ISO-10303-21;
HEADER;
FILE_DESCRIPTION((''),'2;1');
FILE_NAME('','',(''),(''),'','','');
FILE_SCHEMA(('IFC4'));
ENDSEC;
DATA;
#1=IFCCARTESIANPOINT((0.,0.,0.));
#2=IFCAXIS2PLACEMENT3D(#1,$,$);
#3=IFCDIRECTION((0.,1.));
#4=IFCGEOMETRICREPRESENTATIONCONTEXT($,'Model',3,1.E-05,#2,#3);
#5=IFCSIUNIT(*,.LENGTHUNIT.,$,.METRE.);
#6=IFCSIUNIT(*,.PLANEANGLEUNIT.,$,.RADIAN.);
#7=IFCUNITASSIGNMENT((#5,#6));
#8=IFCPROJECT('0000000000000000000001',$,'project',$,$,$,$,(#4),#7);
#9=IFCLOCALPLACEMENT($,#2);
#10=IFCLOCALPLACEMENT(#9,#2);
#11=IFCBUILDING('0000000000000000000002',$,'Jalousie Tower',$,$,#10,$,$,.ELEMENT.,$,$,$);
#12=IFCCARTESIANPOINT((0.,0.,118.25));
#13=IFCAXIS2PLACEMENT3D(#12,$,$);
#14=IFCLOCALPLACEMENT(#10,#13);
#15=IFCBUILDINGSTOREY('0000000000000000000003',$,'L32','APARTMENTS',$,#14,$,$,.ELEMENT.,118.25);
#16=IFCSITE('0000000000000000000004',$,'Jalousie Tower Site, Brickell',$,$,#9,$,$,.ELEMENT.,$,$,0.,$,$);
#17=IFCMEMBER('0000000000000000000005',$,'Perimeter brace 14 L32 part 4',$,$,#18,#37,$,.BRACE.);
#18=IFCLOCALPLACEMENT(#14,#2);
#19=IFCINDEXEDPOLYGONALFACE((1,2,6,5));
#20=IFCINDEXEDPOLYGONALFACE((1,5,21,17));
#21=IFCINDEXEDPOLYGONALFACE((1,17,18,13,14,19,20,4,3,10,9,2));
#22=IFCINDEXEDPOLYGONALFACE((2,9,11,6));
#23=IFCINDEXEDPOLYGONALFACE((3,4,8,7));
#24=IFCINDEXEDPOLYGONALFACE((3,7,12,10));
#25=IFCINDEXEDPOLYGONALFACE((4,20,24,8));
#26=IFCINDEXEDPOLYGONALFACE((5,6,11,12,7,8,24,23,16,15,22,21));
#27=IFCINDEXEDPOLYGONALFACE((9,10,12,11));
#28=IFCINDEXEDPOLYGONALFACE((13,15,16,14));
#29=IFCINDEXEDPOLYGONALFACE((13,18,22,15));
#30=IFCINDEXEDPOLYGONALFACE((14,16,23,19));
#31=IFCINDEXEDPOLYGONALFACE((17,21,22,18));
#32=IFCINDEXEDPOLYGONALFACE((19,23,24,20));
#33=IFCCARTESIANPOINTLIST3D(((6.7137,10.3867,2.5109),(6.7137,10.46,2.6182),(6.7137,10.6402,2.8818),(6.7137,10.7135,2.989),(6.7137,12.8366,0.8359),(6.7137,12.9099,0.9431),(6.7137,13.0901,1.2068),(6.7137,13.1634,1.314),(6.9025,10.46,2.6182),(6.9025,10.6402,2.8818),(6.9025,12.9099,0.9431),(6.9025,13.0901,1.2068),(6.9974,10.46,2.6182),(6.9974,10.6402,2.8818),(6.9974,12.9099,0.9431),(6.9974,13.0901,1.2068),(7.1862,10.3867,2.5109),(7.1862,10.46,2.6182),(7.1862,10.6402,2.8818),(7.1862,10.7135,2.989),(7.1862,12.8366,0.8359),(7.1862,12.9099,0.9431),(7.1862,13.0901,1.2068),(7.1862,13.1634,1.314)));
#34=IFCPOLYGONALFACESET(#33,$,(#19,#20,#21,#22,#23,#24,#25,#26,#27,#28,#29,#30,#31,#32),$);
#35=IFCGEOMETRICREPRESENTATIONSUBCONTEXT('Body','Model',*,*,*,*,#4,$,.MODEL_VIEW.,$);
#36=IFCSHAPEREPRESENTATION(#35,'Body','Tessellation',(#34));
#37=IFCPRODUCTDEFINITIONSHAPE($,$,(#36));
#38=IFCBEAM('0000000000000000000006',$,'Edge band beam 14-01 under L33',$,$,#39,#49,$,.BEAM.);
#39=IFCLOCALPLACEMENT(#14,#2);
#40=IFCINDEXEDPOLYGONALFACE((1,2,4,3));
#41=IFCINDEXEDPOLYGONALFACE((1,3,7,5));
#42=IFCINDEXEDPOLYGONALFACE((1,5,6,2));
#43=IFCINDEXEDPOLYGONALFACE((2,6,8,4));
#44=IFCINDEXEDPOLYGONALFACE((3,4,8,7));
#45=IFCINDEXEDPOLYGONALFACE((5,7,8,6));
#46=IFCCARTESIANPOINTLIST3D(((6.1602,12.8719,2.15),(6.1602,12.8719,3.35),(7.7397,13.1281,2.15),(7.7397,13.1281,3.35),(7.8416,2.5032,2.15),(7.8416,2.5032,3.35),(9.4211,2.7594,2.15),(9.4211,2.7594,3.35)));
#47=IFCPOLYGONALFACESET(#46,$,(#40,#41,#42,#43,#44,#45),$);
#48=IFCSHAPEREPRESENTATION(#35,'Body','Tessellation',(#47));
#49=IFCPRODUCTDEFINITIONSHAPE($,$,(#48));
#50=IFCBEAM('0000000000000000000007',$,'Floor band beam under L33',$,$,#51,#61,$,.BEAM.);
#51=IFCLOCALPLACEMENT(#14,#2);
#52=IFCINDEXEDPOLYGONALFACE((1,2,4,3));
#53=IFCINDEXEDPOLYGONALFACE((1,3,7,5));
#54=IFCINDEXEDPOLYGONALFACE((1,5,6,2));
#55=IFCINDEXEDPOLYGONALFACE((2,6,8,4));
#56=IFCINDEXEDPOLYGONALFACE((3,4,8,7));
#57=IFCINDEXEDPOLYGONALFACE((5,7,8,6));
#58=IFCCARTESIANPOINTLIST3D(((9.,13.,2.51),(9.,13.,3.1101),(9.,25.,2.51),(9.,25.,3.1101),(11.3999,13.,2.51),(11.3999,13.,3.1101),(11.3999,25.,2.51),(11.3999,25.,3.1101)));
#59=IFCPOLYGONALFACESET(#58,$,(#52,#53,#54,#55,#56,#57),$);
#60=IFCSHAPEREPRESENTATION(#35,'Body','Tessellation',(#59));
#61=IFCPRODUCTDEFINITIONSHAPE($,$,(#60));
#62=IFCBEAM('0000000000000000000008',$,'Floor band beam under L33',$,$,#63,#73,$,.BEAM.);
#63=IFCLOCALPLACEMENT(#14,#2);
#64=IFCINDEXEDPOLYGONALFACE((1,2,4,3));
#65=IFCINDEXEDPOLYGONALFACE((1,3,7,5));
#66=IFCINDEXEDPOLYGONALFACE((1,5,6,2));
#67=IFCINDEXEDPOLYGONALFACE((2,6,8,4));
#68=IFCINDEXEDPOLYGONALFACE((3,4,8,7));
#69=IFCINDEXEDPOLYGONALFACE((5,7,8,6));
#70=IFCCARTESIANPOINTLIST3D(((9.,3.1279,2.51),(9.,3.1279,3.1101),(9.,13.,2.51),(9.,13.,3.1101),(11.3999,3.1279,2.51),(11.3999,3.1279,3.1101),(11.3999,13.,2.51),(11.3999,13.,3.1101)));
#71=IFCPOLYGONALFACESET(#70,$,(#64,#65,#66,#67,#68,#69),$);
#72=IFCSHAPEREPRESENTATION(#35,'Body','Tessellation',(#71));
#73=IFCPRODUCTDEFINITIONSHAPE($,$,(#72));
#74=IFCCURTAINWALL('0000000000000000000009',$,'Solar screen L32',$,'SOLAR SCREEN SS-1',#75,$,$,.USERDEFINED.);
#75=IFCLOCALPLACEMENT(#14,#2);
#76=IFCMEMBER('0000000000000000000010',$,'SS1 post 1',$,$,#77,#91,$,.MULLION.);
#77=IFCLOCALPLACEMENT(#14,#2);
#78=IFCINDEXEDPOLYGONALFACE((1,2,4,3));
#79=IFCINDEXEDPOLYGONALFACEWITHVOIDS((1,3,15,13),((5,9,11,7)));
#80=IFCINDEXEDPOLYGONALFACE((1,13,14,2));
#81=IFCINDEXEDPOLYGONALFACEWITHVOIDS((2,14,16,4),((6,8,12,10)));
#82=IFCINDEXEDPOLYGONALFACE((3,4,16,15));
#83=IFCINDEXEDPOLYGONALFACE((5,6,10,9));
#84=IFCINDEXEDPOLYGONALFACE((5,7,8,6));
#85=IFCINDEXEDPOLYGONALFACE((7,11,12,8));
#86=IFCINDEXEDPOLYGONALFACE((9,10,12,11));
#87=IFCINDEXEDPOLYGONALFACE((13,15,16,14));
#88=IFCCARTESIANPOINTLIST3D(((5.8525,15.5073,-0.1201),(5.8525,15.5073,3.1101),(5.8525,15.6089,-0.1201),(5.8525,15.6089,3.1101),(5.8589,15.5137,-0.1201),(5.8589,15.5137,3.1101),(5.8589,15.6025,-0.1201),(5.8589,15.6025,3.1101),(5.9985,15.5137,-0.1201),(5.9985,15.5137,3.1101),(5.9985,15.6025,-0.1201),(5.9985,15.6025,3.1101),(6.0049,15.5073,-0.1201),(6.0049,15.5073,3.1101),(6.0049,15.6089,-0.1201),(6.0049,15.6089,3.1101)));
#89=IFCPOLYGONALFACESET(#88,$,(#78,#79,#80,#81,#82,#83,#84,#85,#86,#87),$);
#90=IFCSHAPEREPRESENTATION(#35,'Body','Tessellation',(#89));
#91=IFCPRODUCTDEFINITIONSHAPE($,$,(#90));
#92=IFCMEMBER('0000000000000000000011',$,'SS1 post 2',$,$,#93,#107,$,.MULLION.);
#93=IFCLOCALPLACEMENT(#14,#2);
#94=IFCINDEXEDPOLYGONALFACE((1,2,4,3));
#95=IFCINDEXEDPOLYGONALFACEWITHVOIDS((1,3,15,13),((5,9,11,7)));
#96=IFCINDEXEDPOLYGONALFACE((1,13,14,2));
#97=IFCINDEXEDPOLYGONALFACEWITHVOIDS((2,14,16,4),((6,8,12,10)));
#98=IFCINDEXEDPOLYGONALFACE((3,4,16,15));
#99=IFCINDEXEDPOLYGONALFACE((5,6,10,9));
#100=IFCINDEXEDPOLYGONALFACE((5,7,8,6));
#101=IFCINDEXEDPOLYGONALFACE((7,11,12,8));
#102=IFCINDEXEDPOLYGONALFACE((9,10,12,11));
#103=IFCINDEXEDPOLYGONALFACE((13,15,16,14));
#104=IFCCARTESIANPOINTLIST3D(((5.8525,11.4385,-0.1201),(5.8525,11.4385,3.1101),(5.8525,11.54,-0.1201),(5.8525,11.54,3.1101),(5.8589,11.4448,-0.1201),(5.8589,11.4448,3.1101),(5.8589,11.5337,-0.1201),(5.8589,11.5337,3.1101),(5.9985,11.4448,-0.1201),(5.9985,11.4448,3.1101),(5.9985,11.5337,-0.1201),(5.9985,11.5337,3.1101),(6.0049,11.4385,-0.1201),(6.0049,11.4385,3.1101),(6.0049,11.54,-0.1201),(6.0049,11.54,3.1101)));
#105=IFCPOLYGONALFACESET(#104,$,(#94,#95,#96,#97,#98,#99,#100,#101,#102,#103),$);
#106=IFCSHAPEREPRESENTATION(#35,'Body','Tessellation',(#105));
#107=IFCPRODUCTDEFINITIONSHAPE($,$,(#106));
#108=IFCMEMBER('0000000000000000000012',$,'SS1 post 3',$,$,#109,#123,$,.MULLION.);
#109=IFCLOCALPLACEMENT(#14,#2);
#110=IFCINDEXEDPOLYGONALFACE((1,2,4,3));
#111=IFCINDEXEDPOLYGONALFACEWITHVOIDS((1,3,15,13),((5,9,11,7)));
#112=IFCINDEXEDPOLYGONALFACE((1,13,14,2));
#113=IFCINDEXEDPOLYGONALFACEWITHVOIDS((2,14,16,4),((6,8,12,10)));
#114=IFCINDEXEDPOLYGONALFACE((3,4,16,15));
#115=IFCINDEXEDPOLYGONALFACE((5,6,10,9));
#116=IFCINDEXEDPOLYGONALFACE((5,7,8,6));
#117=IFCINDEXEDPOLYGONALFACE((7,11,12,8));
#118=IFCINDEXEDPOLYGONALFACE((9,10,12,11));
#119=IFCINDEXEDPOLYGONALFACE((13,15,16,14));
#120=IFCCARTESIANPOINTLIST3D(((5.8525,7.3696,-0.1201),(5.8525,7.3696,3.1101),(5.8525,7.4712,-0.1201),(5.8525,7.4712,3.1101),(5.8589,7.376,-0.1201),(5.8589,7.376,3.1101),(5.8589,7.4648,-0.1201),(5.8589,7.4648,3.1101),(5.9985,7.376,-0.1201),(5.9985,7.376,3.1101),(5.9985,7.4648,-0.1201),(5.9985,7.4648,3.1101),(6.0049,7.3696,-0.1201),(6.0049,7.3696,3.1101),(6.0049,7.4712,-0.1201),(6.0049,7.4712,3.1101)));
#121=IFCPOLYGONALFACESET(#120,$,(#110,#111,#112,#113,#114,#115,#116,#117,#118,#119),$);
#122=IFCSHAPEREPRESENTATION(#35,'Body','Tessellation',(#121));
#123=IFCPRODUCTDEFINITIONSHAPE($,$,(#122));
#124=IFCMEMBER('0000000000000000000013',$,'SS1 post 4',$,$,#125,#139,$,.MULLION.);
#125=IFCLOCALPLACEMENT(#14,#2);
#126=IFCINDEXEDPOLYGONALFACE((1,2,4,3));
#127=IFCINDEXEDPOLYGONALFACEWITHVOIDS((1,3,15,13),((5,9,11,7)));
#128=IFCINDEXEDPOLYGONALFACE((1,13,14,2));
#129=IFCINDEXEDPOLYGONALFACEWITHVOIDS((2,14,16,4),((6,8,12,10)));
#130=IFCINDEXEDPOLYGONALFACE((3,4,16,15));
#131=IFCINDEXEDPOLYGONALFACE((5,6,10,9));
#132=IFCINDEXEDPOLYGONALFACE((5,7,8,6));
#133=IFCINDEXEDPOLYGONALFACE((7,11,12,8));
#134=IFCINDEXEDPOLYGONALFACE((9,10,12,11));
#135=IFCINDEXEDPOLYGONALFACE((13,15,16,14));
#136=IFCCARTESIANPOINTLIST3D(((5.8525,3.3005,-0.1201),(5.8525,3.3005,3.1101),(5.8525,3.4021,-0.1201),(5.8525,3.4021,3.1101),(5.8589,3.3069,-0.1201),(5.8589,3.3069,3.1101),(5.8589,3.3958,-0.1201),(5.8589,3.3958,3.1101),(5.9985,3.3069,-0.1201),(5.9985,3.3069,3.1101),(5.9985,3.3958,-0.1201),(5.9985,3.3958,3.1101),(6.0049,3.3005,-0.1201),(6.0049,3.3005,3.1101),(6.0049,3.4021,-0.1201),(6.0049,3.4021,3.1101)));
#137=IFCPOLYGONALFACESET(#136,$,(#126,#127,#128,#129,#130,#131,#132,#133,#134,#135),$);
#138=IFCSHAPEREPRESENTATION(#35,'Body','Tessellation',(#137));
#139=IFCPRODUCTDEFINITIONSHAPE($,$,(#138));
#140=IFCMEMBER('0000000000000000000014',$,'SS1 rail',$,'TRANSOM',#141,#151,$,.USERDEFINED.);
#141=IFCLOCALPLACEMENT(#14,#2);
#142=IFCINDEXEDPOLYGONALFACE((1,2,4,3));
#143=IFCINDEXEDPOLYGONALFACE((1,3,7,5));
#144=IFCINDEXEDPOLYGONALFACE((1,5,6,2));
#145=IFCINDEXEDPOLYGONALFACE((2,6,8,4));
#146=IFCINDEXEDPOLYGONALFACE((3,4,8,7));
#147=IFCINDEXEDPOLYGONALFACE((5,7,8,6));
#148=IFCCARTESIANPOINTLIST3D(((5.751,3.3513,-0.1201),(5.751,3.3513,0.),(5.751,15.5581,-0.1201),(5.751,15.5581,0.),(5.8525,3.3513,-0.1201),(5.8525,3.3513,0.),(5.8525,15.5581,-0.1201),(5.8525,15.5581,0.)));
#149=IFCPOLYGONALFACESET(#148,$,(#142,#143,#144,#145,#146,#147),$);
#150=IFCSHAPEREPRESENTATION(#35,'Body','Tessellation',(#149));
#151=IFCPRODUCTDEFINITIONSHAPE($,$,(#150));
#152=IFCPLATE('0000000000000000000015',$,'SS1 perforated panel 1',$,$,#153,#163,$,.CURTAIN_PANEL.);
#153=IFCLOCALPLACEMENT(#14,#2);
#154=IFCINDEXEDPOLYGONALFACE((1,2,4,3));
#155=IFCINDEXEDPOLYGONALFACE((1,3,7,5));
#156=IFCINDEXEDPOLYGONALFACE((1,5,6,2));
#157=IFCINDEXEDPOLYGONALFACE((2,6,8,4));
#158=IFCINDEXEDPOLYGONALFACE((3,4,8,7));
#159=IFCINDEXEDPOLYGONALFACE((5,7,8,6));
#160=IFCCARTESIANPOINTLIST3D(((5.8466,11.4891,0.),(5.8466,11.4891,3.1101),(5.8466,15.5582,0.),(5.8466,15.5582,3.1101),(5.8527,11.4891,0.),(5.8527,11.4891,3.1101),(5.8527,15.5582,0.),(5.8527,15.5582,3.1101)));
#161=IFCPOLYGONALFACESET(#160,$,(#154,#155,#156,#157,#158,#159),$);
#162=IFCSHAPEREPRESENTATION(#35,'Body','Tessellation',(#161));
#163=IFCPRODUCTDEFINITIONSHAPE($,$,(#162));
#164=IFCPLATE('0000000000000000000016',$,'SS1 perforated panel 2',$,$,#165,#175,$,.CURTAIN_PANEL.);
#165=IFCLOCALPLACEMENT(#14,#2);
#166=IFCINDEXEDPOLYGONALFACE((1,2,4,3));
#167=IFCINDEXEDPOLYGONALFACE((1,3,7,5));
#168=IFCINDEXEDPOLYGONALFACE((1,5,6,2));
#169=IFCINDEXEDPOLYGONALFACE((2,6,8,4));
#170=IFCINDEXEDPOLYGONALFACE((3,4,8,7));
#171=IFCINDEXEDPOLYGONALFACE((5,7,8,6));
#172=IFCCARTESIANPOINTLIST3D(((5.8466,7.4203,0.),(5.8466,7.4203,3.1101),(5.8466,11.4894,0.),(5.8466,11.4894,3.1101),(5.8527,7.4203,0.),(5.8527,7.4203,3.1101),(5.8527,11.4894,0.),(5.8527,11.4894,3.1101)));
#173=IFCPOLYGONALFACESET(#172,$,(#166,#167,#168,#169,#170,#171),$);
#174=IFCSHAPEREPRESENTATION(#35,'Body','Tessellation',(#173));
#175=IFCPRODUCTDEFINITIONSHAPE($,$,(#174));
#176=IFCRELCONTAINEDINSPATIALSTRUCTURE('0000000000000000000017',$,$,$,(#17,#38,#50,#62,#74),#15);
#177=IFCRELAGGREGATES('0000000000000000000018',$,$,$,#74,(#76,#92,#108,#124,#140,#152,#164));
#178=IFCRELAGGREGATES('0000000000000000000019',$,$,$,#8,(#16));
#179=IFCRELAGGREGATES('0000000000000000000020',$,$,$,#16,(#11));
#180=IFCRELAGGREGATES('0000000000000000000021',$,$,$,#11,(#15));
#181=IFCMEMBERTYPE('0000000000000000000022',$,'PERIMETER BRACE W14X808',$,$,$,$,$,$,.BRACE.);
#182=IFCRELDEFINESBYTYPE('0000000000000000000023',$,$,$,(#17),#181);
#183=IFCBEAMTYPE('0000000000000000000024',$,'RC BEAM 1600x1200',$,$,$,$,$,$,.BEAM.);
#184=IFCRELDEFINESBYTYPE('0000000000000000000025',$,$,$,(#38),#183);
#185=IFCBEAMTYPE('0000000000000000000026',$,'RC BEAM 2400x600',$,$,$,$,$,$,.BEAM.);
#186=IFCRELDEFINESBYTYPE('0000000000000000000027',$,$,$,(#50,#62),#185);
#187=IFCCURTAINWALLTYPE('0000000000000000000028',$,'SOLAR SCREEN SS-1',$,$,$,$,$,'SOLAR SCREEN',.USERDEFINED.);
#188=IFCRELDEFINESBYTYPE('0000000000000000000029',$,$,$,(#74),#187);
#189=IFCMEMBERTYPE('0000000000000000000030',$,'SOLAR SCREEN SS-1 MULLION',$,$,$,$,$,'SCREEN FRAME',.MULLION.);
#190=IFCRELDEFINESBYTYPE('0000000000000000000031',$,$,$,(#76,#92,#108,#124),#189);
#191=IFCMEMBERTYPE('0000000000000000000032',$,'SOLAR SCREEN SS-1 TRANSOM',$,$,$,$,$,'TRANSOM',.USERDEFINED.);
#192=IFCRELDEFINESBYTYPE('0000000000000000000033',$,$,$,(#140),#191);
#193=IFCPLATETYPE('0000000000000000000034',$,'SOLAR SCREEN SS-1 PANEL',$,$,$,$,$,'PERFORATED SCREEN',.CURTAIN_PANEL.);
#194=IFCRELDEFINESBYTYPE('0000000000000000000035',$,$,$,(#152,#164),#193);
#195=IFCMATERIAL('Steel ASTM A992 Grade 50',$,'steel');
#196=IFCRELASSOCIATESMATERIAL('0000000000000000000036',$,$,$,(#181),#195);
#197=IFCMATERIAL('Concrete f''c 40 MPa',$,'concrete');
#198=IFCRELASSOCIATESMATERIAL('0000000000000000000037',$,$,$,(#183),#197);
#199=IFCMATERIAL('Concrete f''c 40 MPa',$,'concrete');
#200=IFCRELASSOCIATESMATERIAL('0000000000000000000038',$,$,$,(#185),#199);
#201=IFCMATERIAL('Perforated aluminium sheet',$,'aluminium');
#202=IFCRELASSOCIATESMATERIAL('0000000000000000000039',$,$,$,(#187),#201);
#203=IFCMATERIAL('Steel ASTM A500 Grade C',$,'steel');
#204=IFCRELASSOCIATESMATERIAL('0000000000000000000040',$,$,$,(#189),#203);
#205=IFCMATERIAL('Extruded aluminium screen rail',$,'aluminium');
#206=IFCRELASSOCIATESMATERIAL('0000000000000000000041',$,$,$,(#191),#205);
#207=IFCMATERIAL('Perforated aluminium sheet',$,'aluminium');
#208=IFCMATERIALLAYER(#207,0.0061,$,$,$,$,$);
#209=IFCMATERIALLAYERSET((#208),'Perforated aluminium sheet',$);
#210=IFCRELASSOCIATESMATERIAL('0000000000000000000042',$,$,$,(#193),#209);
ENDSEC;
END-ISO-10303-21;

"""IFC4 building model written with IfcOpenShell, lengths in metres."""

from ifc_helpers import new_model, si_unit, direction, frame, origin, origin_2d, place, context, subcontext, project, spatial, rectangle, hollow_rectangle, i_section, extrude, material, layer, layer_set, material_profile, profile_set, type_object, element, aggregate, save


model = new_model("IFC4")

# Units and contexts
model_context = context("Model", 3, precision=1e-05, world=origin(), true_north=direction((0.0, 1.0)))
body_context = subcontext(model_context, "Body", "Model", "MODEL_VIEW")
ifc_project = project(units=[si_unit("LENGTHUNIT", "METRE"), si_unit("PLANEANGLEUNIT", "RADIAN")], contexts=[model_context])

# Site, building, storey
site_placement = place(None, origin())
site = spatial("IfcSite", under=ifc_project, at=site_placement, Name="Jalousie Tower Site, Brickell", CompositionType="ELEMENT", RefElevation=0.0)
building_placement = place(site_placement, origin())
building = spatial("IfcBuilding", under=site, at=building_placement, Name="Jalousie Tower", CompositionType="ELEMENT")
storey_placement = place(building_placement, frame((0.0, 0.0, 118.25)))
storey = spatial("IfcBuildingStorey", under=building, at=storey_placement, Name="L32", Description="APARTMENTS", CompositionType="ELEMENT", Elevation=118.25)

# Member
ifc_material_1 = material(Name="Steel ASTM A992 Grade 50", Category="steel")
ifc_material_profile_1 = material_profile(ifc_material_1, i_section(OverallWidth=0.4724, OverallDepth=0.5791, WebThickness=0.095, FlangeThickness=0.1299, at=origin_2d()), Name="W14X808")
ifc_profile_set_1 = profile_set([ifc_material_profile_1], Name="Steel ASTM A992 Grade 50")
member_type_1 = type_object("IfcMemberType", Name="PERIMETER BRACE W14X808", PredefinedType="BRACE", material=ifc_profile_set_1)
for number, where, z_axis, x_axis, name in (
    (1, (6.95, 13.0, 1.075), (0.0, -0.825501, 0.564401), (1.0, 0.0, 0.0), "Perimeter brace 14 L32 part 4"),
):
    element("IfcMember", number, at=place(storey_placement, frame(where, z_axis=z_axis, x_axis=x_axis)), inside=storey, type_object=member_type_1, Name=name, PredefinedType="BRACE", context=body_context, shape_type="SweptSolid", body=[
        extrude(i_section(OverallWidth=0.4724, OverallDepth=0.5791, WebThickness=0.095, FlangeThickness=0.1299, at=origin_2d()), origin(), (0.0, 0.0, 1.0), 2.9678),
    ])

# Beams
ifc_material_2 = material(Name="Concrete f'c 40 MPa", Category="concrete")
ifc_material_profile_2 = material_profile(ifc_material_2, rectangle(XDim=1.6001, YDim=1.2, at=origin_2d()), Name="RC 1600x1200")
ifc_profile_set_2 = profile_set([ifc_material_profile_2], Name="Concrete f'c 40 MPa")
beam_type_1 = type_object("IfcBeamType", Name="RC BEAM 1600x1200", PredefinedType="BEAM", material=ifc_profile_set_2)
beam_1_placement = place(storey_placement, frame((6.95, 13.0, 2.75), z_axis=(0.160071, -0.987106, 0.0), x_axis=(0.987106, 0.160071, 0.0)))
element("IfcBeam", 2, at=beam_1_placement, inside=storey, type_object=beam_type_1, Name="Edge band beam 14-01 under L33", PredefinedType="BEAM", context=body_context, shape_type="SweptSolid", body=[
    extrude(rectangle(XDim=1.6001, YDim=1.2, at=origin_2d()), origin(), (0.0, 0.0, 1.0), 10.5042),
])
ifc_material_3 = material(Name="Concrete f'c 40 MPa", Category="concrete")
ifc_material_profile_3 = material_profile(ifc_material_3, rectangle(XDim=2.3999, YDim=0.6001, at=origin_2d()), Name="RC 2400x600")
ifc_profile_set_3 = profile_set([ifc_material_profile_3], Name="Concrete f'c 40 MPa")
beam_type_2 = type_object("IfcBeamType", Name="RC BEAM 2400x600", PredefinedType="BEAM", material=ifc_profile_set_3)
beam_2_placement = place(storey_placement, frame((10.2, 13.0, 2.8101), z_axis=(0.0, 1.0, 0.0), x_axis=(-1.0, 0.0, 0.0)))
element("IfcBeam", 3, at=beam_2_placement, inside=storey, type_object=beam_type_2, Name="Floor band beam under L33", PredefinedType="BEAM", context=body_context, shape_type="SweptSolid", body=[
    extrude(rectangle(XDim=2.3999, YDim=0.6001, at=origin_2d()), origin(), (0.0, 0.0, 1.0), 12.0),
])
beam_3_placement = place(storey_placement, frame((10.2, 13.0, 2.8101), z_axis=(0.0, -1.0, 0.0), x_axis=(1.0, 0.0, 0.0)))
element("IfcBeam", 4, at=beam_3_placement, inside=storey, type_object=beam_type_2, Name="Floor band beam under L33", PredefinedType="BEAM", context=body_context, shape_type="SweptSolid", body=[
    extrude(rectangle(XDim=2.3999, YDim=0.6001, at=origin_2d()), origin(), (0.0, 0.0, 1.0), 9.8721),
])

# Curtain wall, members, plates
ifc_material_4 = material(Name="Perforated aluminium sheet", Category="aluminium")
curtain_wall_type_1 = type_object("IfcCurtainWallType", Name="SOLAR SCREEN SS-1", ElementType="SOLAR SCREEN", PredefinedType="USERDEFINED", material=ifc_material_4)
curtain_wall_1_placement = place(storey_placement, origin())
curtain_wall_1 = element("IfcCurtainWall", 5, at=curtain_wall_1_placement, inside=storey, type_object=curtain_wall_type_1, Name="Solar screen L32", ObjectType="SOLAR SCREEN SS-1", PredefinedType="USERDEFINED")
ifc_material_5 = material(Name="Steel ASTM A500 Grade C", Category="steel")
ifc_material_profile_4 = material_profile(ifc_material_5, hollow_rectangle(XDim=0.1016, YDim=0.1523, WallThickness=0.0063, at=origin_2d()), Name="HSS6X4X1/4")
ifc_profile_set_4 = profile_set([ifc_material_profile_4], Name="Steel ASTM A500 Grade C")
member_type_2 = type_object("IfcMemberType", Name="SOLAR SCREEN SS-1 MULLION", ElementType="SCREEN FRAME", PredefinedType="MULLION", material=ifc_profile_set_4)
member_1_placement = place(storey_placement, frame((5.9287, 15.5581, -0.1201), z_axis=(0.0, 0.0, 1.0), x_axis=(0.0, -1.0, 0.0)))
member_1 = element("IfcMember", 6, at=member_1_placement, type_object=member_type_2, Name="SS1 post 1", PredefinedType="MULLION", context=body_context, shape_type="SweptSolid", body=[
    extrude(hollow_rectangle(XDim=0.1016, YDim=0.1523, WallThickness=0.0063, at=origin_2d()), origin(), (0.0, 0.0, 1.0), 3.2302),
])
member_2_placement = place(storey_placement, frame((5.9287, 11.4893, -0.1201), z_axis=(0.0, 0.0, 1.0), x_axis=(0.0, -1.0, 0.0)))
member_2 = element("IfcMember", 7, at=member_2_placement, type_object=member_type_2, Name="SS1 post 2", PredefinedType="MULLION", context=body_context, shape_type="SweptSolid", body=[
    extrude(hollow_rectangle(XDim=0.1016, YDim=0.1523, WallThickness=0.0063, at=origin_2d()), origin(), (0.0, 0.0, 1.0), 3.2302),
])
member_3_placement = place(storey_placement, frame((5.9287, 7.4204, -0.1201), z_axis=(0.0, 0.0, 1.0), x_axis=(0.0, -1.0, 0.0)))
member_3 = element("IfcMember", 8, at=member_3_placement, type_object=member_type_2, Name="SS1 post 3", PredefinedType="MULLION", context=body_context, shape_type="SweptSolid", body=[
    extrude(hollow_rectangle(XDim=0.1016, YDim=0.1523, WallThickness=0.0063, at=origin_2d()), origin(), (0.0, 0.0, 1.0), 3.2302),
])
member_4_placement = place(storey_placement, frame((5.9287, 3.3513, -0.1201), z_axis=(0.0, 0.0, 1.0), x_axis=(0.0, -1.0, 0.0)))
member_4 = element("IfcMember", 9, at=member_4_placement, type_object=member_type_2, Name="SS1 post 4", PredefinedType="MULLION", context=body_context, shape_type="SweptSolid", body=[
    extrude(hollow_rectangle(XDim=0.1016, YDim=0.1523, WallThickness=0.0063, at=origin_2d()), origin(), (0.0, 0.0, 1.0), 3.2302),
])
ifc_material_6 = material(Name="Extruded aluminium screen rail", Category="aluminium")
ifc_material_profile_5 = material_profile(ifc_material_6, rectangle(XDim=0.1016, YDim=0.1201, at=origin_2d()), Name="RAIL 102x120")
ifc_profile_set_5 = profile_set([ifc_material_profile_5], Name="Extruded aluminium screen rail")
member_type_3 = type_object("IfcMemberType", Name="SOLAR SCREEN SS-1 TRANSOM", ElementType="TRANSOM", PredefinedType="USERDEFINED", material=ifc_profile_set_5)
member_5_placement = place(storey_placement, frame((5.8018, 15.5581, -0.0601), z_axis=(0.0, -1.0, 0.0), x_axis=(1.0, 0.0, 0.0)))
member_5 = element("IfcMember", 10, at=member_5_placement, type_object=member_type_3, Name="SS1 rail", ObjectType="TRANSOM", PredefinedType="USERDEFINED", context=body_context, shape_type="SweptSolid", body=[
    extrude(rectangle(XDim=0.1016, YDim=0.1201, at=origin_2d()), origin(), (0.0, 0.0, 1.0), 12.2068),
])
ifc_material_7 = material(Name="Perforated aluminium sheet", Category="aluminium")
ifc_layer_1 = layer(ifc_material_7, 0.0061)
ifc_layer_set_1 = layer_set([ifc_layer_1], Name="Perforated aluminium sheet")
plate_type = type_object("IfcPlateType", Name="SOLAR SCREEN SS-1 PANEL", ElementType="PERFORATED SCREEN", PredefinedType="CURTAIN_PANEL", material=ifc_layer_set_1)
plate_1_placement = place(storey_placement, frame((5.8496, 13.5237, 0.0), z_axis=(0.0, 0.0, 1.0), x_axis=(0.0, -1.0, 0.0)))
plate_1 = element("IfcPlate", 11, at=plate_1_placement, type_object=plate_type, Name="SS1 perforated panel 1", PredefinedType="CURTAIN_PANEL", context=body_context, shape_type="SweptSolid", body=[
    extrude(rectangle(XDim=4.0691, YDim=0.0061, at=origin_2d()), origin(), (0.0, 0.0, 1.0), 3.1101),
])
plate_2_placement = place(storey_placement, frame((5.8496, 9.4548, 0.0), z_axis=(0.0, 0.0, 1.0), x_axis=(0.0, -1.0, 0.0)))
plate_2 = element("IfcPlate", 12, at=plate_2_placement, type_object=plate_type, Name="SS1 perforated panel 2", PredefinedType="CURTAIN_PANEL", context=body_context, shape_type="SweptSolid", body=[
    extrude(rectangle(XDim=4.0691, YDim=0.0061, at=origin_2d()), origin(), (0.0, 0.0, 1.0), 3.1101),
])
aggregate(curtain_wall_1, [member_1, member_2, member_3, member_4, member_5, plate_1, plate_2])

save(model, "model.ifc")
